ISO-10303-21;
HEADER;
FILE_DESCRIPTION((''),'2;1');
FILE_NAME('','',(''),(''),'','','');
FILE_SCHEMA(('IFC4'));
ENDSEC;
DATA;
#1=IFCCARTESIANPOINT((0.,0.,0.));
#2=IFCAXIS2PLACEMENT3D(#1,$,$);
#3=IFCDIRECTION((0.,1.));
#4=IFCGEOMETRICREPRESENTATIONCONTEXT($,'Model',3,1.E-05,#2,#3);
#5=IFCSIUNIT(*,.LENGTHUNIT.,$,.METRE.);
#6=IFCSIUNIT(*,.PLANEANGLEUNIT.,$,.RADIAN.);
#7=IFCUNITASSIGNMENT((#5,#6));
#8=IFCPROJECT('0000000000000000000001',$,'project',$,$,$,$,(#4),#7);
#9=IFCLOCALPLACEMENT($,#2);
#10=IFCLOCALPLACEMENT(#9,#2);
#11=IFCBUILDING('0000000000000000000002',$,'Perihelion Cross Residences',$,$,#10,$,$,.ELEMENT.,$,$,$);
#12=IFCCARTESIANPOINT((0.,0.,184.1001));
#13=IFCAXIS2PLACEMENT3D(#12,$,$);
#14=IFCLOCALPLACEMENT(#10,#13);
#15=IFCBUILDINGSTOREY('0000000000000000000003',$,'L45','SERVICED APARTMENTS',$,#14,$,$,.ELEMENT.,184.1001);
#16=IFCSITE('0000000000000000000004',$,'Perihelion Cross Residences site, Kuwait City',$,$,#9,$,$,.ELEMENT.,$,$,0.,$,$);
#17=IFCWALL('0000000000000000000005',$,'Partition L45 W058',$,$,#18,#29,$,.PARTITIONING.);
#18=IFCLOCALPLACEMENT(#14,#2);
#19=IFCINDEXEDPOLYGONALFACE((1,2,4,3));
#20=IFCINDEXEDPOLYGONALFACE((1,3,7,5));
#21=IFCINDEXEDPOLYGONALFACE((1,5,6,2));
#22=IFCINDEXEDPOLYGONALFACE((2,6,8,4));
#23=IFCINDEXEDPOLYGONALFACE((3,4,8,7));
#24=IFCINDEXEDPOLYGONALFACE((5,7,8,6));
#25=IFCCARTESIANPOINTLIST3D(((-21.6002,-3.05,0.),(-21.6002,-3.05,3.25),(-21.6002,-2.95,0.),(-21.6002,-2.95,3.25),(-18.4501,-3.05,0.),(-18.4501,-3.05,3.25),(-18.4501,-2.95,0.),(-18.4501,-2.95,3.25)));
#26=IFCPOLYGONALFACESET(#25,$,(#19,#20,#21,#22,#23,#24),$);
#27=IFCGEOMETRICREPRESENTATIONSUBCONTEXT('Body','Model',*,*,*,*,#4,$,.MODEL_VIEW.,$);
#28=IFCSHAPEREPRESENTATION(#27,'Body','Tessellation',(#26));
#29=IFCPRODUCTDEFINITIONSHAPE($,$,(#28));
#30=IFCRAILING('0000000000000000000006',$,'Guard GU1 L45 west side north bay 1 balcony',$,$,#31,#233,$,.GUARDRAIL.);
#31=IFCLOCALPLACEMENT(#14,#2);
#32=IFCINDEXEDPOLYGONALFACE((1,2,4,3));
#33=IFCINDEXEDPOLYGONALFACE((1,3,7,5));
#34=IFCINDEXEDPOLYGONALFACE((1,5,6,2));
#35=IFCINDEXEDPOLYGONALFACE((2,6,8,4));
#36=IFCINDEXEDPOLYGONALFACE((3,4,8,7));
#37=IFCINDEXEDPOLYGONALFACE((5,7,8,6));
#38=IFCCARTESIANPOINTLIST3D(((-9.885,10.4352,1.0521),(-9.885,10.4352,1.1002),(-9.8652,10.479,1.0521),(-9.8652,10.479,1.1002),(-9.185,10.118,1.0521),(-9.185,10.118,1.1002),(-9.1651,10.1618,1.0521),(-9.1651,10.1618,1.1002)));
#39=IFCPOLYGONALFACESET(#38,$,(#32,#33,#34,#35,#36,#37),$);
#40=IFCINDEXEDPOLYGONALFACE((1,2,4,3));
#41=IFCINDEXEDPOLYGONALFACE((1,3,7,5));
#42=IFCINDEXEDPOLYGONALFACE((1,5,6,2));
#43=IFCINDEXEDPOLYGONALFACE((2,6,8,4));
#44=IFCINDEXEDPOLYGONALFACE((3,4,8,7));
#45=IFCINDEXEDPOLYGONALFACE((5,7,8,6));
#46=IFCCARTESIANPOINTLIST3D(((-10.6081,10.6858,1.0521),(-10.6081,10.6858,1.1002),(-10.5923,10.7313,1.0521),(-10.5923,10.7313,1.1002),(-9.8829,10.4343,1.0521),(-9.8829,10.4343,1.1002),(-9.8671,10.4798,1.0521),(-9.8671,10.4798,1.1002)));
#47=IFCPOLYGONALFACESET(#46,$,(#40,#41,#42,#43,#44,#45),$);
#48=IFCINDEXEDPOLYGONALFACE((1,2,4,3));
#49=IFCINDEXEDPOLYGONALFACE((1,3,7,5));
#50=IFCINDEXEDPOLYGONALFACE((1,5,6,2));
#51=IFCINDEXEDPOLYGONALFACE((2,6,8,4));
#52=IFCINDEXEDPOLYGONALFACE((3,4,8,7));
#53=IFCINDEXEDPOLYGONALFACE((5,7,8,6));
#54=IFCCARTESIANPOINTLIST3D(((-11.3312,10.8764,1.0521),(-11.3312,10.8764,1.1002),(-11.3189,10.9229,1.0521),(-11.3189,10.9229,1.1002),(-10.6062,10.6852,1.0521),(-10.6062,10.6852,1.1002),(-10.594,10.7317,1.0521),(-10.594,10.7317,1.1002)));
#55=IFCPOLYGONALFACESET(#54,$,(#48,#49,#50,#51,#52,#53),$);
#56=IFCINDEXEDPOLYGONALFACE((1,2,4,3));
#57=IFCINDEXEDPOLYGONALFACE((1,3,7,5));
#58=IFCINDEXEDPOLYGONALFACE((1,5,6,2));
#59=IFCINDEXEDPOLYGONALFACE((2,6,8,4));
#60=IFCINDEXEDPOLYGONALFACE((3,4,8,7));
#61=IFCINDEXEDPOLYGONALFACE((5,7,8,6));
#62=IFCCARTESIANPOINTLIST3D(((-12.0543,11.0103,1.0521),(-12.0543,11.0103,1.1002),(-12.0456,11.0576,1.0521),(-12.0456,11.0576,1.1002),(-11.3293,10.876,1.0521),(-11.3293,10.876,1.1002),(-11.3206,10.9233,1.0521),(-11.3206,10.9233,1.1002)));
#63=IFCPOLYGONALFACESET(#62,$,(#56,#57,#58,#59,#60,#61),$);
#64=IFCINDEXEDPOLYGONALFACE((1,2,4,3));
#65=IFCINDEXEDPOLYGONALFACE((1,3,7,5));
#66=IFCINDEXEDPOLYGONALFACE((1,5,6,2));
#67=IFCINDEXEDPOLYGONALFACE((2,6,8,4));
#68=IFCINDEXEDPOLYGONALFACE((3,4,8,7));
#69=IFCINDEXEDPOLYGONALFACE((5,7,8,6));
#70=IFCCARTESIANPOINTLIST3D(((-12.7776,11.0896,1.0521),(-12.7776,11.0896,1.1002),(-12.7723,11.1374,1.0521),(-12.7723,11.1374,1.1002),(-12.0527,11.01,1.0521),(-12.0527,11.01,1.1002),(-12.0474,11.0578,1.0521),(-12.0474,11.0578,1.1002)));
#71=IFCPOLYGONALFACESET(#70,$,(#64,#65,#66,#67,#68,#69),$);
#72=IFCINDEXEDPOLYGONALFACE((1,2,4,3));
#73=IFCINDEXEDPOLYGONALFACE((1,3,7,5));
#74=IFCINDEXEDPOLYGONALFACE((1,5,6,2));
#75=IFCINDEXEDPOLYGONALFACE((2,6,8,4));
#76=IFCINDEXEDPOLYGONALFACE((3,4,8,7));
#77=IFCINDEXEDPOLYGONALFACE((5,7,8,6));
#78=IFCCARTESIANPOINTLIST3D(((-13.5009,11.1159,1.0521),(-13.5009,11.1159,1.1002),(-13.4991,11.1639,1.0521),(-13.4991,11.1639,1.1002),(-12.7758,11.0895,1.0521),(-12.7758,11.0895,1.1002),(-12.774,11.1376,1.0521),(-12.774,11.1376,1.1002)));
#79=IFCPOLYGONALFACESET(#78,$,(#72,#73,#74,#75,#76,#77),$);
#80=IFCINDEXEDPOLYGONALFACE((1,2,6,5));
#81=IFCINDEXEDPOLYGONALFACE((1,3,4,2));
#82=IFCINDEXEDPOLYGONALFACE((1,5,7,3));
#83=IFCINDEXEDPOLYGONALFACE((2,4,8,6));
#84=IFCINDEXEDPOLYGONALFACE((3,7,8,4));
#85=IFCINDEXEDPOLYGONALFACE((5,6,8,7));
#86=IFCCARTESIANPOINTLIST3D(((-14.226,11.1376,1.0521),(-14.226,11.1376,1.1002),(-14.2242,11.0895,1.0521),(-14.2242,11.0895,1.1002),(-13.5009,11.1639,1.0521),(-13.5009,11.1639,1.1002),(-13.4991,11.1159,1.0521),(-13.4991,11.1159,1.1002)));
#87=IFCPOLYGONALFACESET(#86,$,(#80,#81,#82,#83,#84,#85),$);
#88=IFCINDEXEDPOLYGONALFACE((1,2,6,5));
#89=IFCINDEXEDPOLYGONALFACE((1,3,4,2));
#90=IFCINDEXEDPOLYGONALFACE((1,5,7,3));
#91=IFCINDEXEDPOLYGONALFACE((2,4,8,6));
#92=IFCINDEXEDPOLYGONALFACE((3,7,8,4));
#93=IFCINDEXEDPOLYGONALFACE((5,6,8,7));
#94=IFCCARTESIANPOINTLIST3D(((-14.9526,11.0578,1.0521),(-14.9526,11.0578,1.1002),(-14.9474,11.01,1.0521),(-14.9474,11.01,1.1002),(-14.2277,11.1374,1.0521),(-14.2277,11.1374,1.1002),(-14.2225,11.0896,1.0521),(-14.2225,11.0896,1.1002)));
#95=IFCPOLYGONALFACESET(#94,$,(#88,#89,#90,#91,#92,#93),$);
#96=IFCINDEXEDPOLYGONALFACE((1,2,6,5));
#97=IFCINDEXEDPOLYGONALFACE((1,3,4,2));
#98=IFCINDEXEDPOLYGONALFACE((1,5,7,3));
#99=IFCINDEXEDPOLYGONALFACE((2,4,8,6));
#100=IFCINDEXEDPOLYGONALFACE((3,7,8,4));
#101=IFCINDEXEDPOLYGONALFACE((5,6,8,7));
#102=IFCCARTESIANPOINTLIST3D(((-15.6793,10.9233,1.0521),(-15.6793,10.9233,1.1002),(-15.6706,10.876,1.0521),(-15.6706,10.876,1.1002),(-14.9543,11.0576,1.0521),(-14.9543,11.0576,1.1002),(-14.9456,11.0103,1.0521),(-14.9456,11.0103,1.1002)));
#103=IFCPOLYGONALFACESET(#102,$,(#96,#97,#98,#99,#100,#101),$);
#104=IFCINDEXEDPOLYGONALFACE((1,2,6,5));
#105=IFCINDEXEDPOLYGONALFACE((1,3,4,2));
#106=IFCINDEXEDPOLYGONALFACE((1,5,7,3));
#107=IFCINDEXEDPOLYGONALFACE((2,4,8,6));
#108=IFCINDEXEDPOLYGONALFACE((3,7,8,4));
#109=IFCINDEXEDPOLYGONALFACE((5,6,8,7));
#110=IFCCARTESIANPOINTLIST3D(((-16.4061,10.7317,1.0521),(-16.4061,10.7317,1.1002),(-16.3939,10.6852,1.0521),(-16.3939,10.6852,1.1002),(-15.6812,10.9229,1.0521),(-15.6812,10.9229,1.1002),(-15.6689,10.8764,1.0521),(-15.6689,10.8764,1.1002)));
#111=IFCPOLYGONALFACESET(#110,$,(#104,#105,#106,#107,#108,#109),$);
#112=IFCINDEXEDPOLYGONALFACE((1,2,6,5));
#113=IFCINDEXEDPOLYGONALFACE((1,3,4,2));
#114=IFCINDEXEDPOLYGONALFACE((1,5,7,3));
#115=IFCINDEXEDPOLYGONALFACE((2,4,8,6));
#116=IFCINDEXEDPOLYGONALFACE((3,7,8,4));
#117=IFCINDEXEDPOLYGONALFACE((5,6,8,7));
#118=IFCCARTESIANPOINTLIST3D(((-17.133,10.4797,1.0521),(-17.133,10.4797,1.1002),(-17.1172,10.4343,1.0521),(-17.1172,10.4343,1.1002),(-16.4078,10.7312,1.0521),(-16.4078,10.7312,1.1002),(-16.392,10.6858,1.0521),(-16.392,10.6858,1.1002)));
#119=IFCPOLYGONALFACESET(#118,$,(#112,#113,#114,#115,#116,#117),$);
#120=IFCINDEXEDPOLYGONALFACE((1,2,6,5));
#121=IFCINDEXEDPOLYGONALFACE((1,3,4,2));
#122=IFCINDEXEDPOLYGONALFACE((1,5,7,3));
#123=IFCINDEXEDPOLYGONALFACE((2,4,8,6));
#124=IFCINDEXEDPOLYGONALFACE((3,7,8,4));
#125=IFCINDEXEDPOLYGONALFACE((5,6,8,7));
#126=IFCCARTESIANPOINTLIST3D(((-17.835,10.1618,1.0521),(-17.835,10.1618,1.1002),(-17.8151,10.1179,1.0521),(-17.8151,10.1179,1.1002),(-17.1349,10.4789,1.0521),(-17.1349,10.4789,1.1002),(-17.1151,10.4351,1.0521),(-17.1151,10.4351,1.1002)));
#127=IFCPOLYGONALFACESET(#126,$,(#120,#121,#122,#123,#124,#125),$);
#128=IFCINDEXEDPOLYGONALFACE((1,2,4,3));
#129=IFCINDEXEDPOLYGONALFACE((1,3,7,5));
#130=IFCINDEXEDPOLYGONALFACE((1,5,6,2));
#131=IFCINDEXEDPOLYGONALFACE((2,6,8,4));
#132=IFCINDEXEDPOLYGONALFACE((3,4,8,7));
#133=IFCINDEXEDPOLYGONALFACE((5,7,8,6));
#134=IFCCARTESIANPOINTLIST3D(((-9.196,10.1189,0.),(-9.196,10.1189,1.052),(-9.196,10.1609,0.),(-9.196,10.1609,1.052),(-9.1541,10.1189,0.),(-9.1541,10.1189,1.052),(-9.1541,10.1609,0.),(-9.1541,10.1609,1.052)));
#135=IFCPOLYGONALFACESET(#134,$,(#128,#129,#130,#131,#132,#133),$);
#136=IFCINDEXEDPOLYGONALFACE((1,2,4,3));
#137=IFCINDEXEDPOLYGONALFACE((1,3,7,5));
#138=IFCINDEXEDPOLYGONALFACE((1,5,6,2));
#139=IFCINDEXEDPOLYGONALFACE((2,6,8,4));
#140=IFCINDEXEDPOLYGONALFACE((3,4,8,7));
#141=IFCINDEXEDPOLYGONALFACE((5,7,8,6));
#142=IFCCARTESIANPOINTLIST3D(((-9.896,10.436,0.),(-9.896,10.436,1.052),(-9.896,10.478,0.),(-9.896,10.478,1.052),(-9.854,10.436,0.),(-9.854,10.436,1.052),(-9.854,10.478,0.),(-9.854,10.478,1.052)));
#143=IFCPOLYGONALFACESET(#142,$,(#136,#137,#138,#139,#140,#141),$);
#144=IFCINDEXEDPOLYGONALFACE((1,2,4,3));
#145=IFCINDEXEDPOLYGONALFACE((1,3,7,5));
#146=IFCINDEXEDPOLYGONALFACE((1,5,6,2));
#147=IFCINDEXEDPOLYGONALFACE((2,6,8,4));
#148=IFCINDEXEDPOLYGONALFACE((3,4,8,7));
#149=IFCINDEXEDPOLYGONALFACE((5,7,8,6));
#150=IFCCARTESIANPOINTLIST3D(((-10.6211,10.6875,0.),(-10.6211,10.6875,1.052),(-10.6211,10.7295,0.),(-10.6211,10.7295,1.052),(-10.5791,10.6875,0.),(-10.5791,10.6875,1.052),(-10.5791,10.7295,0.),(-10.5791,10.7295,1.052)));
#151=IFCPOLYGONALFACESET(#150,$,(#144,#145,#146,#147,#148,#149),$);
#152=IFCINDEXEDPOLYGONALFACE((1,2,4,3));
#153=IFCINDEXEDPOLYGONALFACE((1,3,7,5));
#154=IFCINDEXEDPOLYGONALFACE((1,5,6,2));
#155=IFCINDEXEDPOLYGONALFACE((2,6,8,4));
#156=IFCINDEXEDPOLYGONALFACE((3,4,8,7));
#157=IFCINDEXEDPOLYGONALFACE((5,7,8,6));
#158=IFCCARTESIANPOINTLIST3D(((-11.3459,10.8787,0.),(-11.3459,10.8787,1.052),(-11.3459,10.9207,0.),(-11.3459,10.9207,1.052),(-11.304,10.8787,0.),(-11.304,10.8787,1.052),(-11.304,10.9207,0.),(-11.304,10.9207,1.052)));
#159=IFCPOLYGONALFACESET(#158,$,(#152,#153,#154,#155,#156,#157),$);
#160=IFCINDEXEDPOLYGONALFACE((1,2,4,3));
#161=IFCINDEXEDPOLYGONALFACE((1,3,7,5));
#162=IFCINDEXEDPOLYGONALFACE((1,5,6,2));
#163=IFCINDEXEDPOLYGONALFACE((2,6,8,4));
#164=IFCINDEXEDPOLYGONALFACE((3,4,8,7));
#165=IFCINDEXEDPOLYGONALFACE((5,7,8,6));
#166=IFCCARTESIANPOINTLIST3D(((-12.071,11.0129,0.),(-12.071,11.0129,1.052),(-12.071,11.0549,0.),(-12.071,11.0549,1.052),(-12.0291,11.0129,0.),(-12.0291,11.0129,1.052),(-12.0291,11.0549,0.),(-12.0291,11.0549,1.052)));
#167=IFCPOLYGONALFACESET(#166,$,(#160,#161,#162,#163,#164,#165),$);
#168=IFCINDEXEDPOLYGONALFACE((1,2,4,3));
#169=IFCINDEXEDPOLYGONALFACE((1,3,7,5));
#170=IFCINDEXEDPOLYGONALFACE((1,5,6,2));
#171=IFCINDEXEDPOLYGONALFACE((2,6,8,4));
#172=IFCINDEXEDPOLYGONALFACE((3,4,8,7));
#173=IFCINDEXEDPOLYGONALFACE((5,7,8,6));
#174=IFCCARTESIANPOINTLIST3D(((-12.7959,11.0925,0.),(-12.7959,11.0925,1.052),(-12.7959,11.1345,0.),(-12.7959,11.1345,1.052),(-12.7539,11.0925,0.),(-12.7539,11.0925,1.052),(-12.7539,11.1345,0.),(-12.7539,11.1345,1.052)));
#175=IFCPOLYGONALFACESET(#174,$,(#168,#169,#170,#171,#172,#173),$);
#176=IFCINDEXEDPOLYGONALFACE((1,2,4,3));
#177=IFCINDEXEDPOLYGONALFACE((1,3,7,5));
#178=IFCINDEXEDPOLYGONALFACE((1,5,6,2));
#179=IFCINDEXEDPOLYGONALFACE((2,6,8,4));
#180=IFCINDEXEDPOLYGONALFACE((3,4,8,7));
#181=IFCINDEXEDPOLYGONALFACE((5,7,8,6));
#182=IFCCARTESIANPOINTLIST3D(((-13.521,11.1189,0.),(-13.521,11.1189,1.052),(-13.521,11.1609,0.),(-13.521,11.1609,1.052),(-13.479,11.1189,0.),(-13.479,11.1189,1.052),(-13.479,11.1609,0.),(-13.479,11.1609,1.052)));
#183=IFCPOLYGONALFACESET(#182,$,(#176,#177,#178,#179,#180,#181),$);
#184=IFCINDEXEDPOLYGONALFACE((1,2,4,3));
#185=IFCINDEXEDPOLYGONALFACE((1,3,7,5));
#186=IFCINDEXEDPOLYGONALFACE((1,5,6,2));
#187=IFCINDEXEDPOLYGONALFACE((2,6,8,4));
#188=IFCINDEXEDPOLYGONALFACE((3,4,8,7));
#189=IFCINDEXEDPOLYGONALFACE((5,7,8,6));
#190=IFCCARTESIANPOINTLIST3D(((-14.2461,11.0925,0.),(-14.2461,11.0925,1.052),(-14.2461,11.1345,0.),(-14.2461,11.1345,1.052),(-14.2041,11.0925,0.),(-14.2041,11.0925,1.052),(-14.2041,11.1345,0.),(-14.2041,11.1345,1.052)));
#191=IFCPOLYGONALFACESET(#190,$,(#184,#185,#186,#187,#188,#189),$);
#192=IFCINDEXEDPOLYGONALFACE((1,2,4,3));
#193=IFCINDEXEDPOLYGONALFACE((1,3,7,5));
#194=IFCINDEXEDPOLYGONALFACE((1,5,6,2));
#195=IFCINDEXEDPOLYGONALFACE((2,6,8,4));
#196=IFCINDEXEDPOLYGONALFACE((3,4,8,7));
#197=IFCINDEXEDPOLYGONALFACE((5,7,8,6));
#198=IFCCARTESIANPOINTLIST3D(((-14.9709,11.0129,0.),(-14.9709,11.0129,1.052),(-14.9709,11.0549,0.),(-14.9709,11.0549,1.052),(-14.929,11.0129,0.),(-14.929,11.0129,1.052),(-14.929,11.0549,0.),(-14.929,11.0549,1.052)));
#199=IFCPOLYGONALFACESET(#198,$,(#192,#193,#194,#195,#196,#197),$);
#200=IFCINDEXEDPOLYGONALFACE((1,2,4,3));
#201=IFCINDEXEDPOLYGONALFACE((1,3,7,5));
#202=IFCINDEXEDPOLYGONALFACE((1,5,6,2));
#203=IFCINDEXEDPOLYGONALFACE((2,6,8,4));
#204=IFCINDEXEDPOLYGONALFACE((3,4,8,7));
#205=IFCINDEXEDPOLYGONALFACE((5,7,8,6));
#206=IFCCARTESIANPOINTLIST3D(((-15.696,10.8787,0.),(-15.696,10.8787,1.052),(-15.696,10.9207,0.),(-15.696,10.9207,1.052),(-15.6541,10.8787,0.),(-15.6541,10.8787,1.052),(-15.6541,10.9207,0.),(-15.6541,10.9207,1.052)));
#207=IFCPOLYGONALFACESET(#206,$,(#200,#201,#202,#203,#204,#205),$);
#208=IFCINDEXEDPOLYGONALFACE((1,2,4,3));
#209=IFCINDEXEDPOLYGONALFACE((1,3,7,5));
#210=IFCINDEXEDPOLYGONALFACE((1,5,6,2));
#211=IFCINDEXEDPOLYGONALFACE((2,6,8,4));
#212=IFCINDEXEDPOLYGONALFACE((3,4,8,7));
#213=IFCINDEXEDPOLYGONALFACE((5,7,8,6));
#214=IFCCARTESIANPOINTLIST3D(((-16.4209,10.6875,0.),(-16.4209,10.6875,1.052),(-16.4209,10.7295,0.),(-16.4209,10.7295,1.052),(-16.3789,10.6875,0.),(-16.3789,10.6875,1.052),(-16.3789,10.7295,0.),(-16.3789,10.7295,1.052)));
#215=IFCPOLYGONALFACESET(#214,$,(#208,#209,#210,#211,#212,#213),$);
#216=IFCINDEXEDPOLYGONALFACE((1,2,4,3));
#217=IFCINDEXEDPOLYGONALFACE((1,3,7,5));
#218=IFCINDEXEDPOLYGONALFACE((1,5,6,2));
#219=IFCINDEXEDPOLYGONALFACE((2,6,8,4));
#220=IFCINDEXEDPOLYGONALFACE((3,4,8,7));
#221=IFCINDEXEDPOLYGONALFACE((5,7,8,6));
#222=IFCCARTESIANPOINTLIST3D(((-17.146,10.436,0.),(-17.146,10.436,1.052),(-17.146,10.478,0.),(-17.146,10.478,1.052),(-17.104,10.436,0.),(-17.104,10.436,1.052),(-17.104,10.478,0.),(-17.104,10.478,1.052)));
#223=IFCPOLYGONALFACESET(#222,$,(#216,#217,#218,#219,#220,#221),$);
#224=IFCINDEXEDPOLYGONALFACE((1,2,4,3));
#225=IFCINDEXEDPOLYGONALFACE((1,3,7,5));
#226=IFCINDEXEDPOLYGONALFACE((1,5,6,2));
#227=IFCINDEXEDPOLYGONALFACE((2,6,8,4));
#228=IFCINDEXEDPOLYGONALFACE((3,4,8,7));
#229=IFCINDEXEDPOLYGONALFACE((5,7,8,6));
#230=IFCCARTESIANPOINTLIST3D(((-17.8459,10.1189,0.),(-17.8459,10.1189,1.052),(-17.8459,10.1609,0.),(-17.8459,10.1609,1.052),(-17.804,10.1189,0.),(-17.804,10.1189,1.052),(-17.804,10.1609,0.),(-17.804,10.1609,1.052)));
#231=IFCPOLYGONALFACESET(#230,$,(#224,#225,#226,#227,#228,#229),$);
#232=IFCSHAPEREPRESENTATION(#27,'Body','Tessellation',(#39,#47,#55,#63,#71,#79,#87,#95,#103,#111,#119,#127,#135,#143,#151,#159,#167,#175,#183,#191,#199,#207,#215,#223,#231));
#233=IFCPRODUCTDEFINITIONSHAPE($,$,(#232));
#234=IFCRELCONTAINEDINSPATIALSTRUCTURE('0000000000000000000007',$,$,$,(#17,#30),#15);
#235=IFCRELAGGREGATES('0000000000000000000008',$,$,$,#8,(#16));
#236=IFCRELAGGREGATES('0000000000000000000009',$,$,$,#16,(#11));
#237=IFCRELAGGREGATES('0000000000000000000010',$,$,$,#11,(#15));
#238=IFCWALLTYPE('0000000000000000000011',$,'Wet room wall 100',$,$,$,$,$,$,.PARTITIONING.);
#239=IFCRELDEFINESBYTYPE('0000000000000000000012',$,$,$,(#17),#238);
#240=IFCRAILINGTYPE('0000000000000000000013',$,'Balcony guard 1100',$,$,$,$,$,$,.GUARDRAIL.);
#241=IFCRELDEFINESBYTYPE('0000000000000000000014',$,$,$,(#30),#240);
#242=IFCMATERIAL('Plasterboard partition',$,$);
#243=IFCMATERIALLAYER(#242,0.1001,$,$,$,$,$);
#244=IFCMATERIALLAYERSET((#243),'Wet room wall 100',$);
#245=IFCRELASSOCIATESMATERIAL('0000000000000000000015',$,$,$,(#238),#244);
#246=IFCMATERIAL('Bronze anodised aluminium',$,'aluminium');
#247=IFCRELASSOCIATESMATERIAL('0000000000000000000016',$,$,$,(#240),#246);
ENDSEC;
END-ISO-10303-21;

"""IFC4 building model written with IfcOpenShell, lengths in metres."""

from ifc_helpers import new_model, si_unit, direction, frame, frame_2d, origin, origin_2d, place, context, subcontext, project, spatial, rectangle, extrude, material, layer, layer_set, type_object, element, save


model = new_model("IFC4")

# Units and contexts
model_context = context("Model", 3, precision=1e-05, world=origin(), true_north=direction((0.0, 1.0)))
body_context = subcontext(model_context, "Body", "Model", "MODEL_VIEW")
ifc_project = project(units=[si_unit("LENGTHUNIT", "METRE"), si_unit("PLANEANGLEUNIT", "RADIAN")], contexts=[model_context])

# Site, building, storey
site_placement = place(None, origin())
site = spatial("IfcSite", under=ifc_project, at=site_placement, Name="Perihelion Cross Residences site, Kuwait City", CompositionType="ELEMENT", RefElevation=0.0)
building_placement = place(site_placement, origin())
building = spatial("IfcBuilding", under=site, at=building_placement, Name="Perihelion Cross Residences", CompositionType="ELEMENT")
storey_placement = place(building_placement, frame((0.0, 0.0, 184.1001)))
storey = spatial("IfcBuildingStorey", under=building, at=storey_placement, Name="L45", Description="SERVICED APARTMENTS", CompositionType="ELEMENT", Elevation=184.1001)

# Shared definitions
ifc_material_1 = material(Name="Plasterboard partition")
ifc_layer_1 = layer(ifc_material_1, 0.1001)
ifc_layer_set_1 = layer_set([ifc_layer_1], Name="Wet room wall 100")
wall_type_1 = type_object("IfcWallType", Name="Wet room wall 100", PredefinedType="PARTITIONING", material=ifc_layer_set_1)

# Wall
wall_1_placement = place(storey_placement, frame((-18.45, -3.0, 0.0), z_axis=(0.0, 0.0, 1.0), x_axis=(-1.0, 0.0, 0.0)))
element("IfcWall", 1, at=wall_1_placement, inside=storey, type_object=wall_type_1, Name="Partition L45 W058", PredefinedType="PARTITIONING", context=body_context, shape_type="SweptSolid", body=[
    extrude(rectangle(XDim=3.1501, YDim=0.1001, at=frame_2d((1.5752, 0.0))), origin(), (0.0, 0.0, 1.0), 3.25),
])

# Railing
ifc_material_2 = material(Name="Bronze anodised aluminium", Category="aluminium")
railing_type = type_object("IfcRailingType", Name="Balcony guard 1100", PredefinedType="GUARDRAIL", material=ifc_material_2)
railing_1_placement = place(storey_placement, frame((-9.175, 10.1399, 0.0)))
element("IfcRailing", 2, at=railing_1_placement, inside=storey, type_object=railing_type, Name="Guard GU1 L45 west side north bay 1 balcony", PredefinedType="GUARDRAIL", context=body_context, shape_type="SweptSolid", body=[
    extrude(rectangle(XDim=0.0481, YDim=0.0481, at=origin_2d()), frame((0.0, 0.0, 1.0762), z_axis=(-0.910866, 0.412702, 0.0), x_axis=(-0.412702, -0.910866, 0.0)), (0.0, 0.0, 1.0), 0.7686),
    extrude(rectangle(XDim=0.0481, YDim=0.0481, at=origin_2d()), frame((-0.7, 0.3171, 1.0762), z_axis=(-0.944797, 0.327657, 0.0), x_axis=(-0.327657, -0.944797, 0.0)), (0.0, 0.0, 1.0), 0.7676),
    extrude(rectangle(XDim=0.0481, YDim=0.0481, at=origin_2d()), frame((-1.425, 0.5686, 1.0762), z_axis=(-0.966939, 0.255006, 0.0), x_axis=(-0.255006, -0.966939, 0.0)), (0.0, 0.0, 1.0), 0.7498),
    extrude(rectangle(XDim=0.0481, YDim=0.0481, at=origin_2d()), frame((-2.1499, 0.7598, 1.0762), z_axis=(-0.983282, 0.182089, 0.0), x_axis=(-0.182089, -0.983282, 0.0)), (0.0, 0.0, 1.0), 0.7373),
    extrude(rectangle(XDim=0.0481, YDim=0.0481, at=origin_2d()), frame((-2.875, 0.894, 1.0762), z_axis=(-0.994026, 0.109145, 0.0), x_axis=(-0.109145, -0.994026, 0.0)), (0.0, 0.0, 1.0), 0.7292),
    extrude(rectangle(XDim=0.0481, YDim=0.0481, at=origin_2d()), frame((-3.5999, 0.9736, 1.0762), z_axis=(-0.999339, 0.03634, 0.0), x_axis=(-0.03634, -0.999339, 0.0)), (0.0, 0.0, 1.0), 0.7256),
    extrude(rectangle(XDim=0.0481, YDim=0.0481, at=origin_2d()), frame((-4.325, 1.0, 1.0762), z_axis=(-0.999339, -0.03634, 0.0), x_axis=(0.03634, -0.999339, 0.0)), (0.0, 0.0, 1.0), 0.7256),
    extrude(rectangle(XDim=0.0481, YDim=0.0481, at=origin_2d()), frame((-5.05, 0.9736, 1.0762), z_axis=(-0.994026, -0.109145, 0.0), x_axis=(0.109145, -0.994026, 0.0)), (0.0, 0.0, 1.0), 0.7292),
    extrude(rectangle(XDim=0.0481, YDim=0.0481, at=origin_2d()), frame((-5.7749, 0.894, 1.0762), z_axis=(-0.983282, -0.182089, 0.0), x_axis=(0.182089, -0.983282, 0.0)), (0.0, 0.0, 1.0), 0.7373),
    extrude(rectangle(XDim=0.0481, YDim=0.0481, at=origin_2d()), frame((-6.5, 0.7598, 1.0762), z_axis=(-0.966939, -0.255006, 0.0), x_axis=(0.255006, -0.966939, 0.0)), (0.0, 0.0, 1.0), 0.7498),
    extrude(rectangle(XDim=0.0481, YDim=0.0481, at=origin_2d()), frame((-7.2249, 0.5686, 1.0762), z_axis=(-0.944797, -0.327657, 0.0), x_axis=(0.327657, -0.944797, 0.0)), (0.0, 0.0, 1.0), 0.7676),
    extrude(rectangle(XDim=0.0481, YDim=0.0481, at=origin_2d()), frame((-7.95, 0.3171, 1.0762), z_axis=(-0.910866, -0.412702, 0.0), x_axis=(0.412702, -0.910866, 0.0)), (0.0, 0.0, 1.0), 0.7686),
    extrude(rectangle(XDim=0.042, YDim=0.042, at=origin_2d()), origin(), (0.0, 0.0, 1.0), 1.052),
    extrude(rectangle(XDim=0.042, YDim=0.042, at=origin_2d()), frame((-0.7, 0.3171, 0.0)), (0.0, 0.0, 1.0), 1.052),
    extrude(rectangle(XDim=0.042, YDim=0.042, at=origin_2d()), frame((-1.425, 0.5686, 0.0)), (0.0, 0.0, 1.0), 1.052),
    extrude(rectangle(XDim=0.042, YDim=0.042, at=origin_2d()), frame((-2.1499, 0.7598, 0.0)), (0.0, 0.0, 1.0), 1.052),
    extrude(rectangle(XDim=0.042, YDim=0.042, at=origin_2d()), frame((-2.875, 0.894, 0.0)), (0.0, 0.0, 1.0), 1.052),
    extrude(rectangle(XDim=0.042, YDim=0.042, at=origin_2d()), frame((-3.5999, 0.9736, 0.0)), (0.0, 0.0, 1.0), 1.052),
    extrude(rectangle(XDim=0.042, YDim=0.042, at=origin_2d()), frame((-4.325, 1.0, 0.0)), (0.0, 0.0, 1.0), 1.052),
    extrude(rectangle(XDim=0.042, YDim=0.042, at=origin_2d()), frame((-5.05, 0.9736, 0.0)), (0.0, 0.0, 1.0), 1.052),
    extrude(rectangle(XDim=0.042, YDim=0.042, at=origin_2d()), frame((-5.7749, 0.894, 0.0)), (0.0, 0.0, 1.0), 1.052),
    extrude(rectangle(XDim=0.042, YDim=0.042, at=origin_2d()), frame((-6.5, 0.7598, 0.0)), (0.0, 0.0, 1.0), 1.052),
    extrude(rectangle(XDim=0.042, YDim=0.042, at=origin_2d()), frame((-7.2249, 0.5686, 0.0)), (0.0, 0.0, 1.0), 1.052),
    extrude(rectangle(XDim=0.042, YDim=0.042, at=origin_2d()), frame((-7.95, 0.3171, 0.0)), (0.0, 0.0, 1.0), 1.052),
    extrude(rectangle(XDim=0.042, YDim=0.042, at=origin_2d()), frame((-8.6499, 0.0, 0.0)), (0.0, 0.0, 1.0), 1.052),
])

save(model, "model.ifc")
